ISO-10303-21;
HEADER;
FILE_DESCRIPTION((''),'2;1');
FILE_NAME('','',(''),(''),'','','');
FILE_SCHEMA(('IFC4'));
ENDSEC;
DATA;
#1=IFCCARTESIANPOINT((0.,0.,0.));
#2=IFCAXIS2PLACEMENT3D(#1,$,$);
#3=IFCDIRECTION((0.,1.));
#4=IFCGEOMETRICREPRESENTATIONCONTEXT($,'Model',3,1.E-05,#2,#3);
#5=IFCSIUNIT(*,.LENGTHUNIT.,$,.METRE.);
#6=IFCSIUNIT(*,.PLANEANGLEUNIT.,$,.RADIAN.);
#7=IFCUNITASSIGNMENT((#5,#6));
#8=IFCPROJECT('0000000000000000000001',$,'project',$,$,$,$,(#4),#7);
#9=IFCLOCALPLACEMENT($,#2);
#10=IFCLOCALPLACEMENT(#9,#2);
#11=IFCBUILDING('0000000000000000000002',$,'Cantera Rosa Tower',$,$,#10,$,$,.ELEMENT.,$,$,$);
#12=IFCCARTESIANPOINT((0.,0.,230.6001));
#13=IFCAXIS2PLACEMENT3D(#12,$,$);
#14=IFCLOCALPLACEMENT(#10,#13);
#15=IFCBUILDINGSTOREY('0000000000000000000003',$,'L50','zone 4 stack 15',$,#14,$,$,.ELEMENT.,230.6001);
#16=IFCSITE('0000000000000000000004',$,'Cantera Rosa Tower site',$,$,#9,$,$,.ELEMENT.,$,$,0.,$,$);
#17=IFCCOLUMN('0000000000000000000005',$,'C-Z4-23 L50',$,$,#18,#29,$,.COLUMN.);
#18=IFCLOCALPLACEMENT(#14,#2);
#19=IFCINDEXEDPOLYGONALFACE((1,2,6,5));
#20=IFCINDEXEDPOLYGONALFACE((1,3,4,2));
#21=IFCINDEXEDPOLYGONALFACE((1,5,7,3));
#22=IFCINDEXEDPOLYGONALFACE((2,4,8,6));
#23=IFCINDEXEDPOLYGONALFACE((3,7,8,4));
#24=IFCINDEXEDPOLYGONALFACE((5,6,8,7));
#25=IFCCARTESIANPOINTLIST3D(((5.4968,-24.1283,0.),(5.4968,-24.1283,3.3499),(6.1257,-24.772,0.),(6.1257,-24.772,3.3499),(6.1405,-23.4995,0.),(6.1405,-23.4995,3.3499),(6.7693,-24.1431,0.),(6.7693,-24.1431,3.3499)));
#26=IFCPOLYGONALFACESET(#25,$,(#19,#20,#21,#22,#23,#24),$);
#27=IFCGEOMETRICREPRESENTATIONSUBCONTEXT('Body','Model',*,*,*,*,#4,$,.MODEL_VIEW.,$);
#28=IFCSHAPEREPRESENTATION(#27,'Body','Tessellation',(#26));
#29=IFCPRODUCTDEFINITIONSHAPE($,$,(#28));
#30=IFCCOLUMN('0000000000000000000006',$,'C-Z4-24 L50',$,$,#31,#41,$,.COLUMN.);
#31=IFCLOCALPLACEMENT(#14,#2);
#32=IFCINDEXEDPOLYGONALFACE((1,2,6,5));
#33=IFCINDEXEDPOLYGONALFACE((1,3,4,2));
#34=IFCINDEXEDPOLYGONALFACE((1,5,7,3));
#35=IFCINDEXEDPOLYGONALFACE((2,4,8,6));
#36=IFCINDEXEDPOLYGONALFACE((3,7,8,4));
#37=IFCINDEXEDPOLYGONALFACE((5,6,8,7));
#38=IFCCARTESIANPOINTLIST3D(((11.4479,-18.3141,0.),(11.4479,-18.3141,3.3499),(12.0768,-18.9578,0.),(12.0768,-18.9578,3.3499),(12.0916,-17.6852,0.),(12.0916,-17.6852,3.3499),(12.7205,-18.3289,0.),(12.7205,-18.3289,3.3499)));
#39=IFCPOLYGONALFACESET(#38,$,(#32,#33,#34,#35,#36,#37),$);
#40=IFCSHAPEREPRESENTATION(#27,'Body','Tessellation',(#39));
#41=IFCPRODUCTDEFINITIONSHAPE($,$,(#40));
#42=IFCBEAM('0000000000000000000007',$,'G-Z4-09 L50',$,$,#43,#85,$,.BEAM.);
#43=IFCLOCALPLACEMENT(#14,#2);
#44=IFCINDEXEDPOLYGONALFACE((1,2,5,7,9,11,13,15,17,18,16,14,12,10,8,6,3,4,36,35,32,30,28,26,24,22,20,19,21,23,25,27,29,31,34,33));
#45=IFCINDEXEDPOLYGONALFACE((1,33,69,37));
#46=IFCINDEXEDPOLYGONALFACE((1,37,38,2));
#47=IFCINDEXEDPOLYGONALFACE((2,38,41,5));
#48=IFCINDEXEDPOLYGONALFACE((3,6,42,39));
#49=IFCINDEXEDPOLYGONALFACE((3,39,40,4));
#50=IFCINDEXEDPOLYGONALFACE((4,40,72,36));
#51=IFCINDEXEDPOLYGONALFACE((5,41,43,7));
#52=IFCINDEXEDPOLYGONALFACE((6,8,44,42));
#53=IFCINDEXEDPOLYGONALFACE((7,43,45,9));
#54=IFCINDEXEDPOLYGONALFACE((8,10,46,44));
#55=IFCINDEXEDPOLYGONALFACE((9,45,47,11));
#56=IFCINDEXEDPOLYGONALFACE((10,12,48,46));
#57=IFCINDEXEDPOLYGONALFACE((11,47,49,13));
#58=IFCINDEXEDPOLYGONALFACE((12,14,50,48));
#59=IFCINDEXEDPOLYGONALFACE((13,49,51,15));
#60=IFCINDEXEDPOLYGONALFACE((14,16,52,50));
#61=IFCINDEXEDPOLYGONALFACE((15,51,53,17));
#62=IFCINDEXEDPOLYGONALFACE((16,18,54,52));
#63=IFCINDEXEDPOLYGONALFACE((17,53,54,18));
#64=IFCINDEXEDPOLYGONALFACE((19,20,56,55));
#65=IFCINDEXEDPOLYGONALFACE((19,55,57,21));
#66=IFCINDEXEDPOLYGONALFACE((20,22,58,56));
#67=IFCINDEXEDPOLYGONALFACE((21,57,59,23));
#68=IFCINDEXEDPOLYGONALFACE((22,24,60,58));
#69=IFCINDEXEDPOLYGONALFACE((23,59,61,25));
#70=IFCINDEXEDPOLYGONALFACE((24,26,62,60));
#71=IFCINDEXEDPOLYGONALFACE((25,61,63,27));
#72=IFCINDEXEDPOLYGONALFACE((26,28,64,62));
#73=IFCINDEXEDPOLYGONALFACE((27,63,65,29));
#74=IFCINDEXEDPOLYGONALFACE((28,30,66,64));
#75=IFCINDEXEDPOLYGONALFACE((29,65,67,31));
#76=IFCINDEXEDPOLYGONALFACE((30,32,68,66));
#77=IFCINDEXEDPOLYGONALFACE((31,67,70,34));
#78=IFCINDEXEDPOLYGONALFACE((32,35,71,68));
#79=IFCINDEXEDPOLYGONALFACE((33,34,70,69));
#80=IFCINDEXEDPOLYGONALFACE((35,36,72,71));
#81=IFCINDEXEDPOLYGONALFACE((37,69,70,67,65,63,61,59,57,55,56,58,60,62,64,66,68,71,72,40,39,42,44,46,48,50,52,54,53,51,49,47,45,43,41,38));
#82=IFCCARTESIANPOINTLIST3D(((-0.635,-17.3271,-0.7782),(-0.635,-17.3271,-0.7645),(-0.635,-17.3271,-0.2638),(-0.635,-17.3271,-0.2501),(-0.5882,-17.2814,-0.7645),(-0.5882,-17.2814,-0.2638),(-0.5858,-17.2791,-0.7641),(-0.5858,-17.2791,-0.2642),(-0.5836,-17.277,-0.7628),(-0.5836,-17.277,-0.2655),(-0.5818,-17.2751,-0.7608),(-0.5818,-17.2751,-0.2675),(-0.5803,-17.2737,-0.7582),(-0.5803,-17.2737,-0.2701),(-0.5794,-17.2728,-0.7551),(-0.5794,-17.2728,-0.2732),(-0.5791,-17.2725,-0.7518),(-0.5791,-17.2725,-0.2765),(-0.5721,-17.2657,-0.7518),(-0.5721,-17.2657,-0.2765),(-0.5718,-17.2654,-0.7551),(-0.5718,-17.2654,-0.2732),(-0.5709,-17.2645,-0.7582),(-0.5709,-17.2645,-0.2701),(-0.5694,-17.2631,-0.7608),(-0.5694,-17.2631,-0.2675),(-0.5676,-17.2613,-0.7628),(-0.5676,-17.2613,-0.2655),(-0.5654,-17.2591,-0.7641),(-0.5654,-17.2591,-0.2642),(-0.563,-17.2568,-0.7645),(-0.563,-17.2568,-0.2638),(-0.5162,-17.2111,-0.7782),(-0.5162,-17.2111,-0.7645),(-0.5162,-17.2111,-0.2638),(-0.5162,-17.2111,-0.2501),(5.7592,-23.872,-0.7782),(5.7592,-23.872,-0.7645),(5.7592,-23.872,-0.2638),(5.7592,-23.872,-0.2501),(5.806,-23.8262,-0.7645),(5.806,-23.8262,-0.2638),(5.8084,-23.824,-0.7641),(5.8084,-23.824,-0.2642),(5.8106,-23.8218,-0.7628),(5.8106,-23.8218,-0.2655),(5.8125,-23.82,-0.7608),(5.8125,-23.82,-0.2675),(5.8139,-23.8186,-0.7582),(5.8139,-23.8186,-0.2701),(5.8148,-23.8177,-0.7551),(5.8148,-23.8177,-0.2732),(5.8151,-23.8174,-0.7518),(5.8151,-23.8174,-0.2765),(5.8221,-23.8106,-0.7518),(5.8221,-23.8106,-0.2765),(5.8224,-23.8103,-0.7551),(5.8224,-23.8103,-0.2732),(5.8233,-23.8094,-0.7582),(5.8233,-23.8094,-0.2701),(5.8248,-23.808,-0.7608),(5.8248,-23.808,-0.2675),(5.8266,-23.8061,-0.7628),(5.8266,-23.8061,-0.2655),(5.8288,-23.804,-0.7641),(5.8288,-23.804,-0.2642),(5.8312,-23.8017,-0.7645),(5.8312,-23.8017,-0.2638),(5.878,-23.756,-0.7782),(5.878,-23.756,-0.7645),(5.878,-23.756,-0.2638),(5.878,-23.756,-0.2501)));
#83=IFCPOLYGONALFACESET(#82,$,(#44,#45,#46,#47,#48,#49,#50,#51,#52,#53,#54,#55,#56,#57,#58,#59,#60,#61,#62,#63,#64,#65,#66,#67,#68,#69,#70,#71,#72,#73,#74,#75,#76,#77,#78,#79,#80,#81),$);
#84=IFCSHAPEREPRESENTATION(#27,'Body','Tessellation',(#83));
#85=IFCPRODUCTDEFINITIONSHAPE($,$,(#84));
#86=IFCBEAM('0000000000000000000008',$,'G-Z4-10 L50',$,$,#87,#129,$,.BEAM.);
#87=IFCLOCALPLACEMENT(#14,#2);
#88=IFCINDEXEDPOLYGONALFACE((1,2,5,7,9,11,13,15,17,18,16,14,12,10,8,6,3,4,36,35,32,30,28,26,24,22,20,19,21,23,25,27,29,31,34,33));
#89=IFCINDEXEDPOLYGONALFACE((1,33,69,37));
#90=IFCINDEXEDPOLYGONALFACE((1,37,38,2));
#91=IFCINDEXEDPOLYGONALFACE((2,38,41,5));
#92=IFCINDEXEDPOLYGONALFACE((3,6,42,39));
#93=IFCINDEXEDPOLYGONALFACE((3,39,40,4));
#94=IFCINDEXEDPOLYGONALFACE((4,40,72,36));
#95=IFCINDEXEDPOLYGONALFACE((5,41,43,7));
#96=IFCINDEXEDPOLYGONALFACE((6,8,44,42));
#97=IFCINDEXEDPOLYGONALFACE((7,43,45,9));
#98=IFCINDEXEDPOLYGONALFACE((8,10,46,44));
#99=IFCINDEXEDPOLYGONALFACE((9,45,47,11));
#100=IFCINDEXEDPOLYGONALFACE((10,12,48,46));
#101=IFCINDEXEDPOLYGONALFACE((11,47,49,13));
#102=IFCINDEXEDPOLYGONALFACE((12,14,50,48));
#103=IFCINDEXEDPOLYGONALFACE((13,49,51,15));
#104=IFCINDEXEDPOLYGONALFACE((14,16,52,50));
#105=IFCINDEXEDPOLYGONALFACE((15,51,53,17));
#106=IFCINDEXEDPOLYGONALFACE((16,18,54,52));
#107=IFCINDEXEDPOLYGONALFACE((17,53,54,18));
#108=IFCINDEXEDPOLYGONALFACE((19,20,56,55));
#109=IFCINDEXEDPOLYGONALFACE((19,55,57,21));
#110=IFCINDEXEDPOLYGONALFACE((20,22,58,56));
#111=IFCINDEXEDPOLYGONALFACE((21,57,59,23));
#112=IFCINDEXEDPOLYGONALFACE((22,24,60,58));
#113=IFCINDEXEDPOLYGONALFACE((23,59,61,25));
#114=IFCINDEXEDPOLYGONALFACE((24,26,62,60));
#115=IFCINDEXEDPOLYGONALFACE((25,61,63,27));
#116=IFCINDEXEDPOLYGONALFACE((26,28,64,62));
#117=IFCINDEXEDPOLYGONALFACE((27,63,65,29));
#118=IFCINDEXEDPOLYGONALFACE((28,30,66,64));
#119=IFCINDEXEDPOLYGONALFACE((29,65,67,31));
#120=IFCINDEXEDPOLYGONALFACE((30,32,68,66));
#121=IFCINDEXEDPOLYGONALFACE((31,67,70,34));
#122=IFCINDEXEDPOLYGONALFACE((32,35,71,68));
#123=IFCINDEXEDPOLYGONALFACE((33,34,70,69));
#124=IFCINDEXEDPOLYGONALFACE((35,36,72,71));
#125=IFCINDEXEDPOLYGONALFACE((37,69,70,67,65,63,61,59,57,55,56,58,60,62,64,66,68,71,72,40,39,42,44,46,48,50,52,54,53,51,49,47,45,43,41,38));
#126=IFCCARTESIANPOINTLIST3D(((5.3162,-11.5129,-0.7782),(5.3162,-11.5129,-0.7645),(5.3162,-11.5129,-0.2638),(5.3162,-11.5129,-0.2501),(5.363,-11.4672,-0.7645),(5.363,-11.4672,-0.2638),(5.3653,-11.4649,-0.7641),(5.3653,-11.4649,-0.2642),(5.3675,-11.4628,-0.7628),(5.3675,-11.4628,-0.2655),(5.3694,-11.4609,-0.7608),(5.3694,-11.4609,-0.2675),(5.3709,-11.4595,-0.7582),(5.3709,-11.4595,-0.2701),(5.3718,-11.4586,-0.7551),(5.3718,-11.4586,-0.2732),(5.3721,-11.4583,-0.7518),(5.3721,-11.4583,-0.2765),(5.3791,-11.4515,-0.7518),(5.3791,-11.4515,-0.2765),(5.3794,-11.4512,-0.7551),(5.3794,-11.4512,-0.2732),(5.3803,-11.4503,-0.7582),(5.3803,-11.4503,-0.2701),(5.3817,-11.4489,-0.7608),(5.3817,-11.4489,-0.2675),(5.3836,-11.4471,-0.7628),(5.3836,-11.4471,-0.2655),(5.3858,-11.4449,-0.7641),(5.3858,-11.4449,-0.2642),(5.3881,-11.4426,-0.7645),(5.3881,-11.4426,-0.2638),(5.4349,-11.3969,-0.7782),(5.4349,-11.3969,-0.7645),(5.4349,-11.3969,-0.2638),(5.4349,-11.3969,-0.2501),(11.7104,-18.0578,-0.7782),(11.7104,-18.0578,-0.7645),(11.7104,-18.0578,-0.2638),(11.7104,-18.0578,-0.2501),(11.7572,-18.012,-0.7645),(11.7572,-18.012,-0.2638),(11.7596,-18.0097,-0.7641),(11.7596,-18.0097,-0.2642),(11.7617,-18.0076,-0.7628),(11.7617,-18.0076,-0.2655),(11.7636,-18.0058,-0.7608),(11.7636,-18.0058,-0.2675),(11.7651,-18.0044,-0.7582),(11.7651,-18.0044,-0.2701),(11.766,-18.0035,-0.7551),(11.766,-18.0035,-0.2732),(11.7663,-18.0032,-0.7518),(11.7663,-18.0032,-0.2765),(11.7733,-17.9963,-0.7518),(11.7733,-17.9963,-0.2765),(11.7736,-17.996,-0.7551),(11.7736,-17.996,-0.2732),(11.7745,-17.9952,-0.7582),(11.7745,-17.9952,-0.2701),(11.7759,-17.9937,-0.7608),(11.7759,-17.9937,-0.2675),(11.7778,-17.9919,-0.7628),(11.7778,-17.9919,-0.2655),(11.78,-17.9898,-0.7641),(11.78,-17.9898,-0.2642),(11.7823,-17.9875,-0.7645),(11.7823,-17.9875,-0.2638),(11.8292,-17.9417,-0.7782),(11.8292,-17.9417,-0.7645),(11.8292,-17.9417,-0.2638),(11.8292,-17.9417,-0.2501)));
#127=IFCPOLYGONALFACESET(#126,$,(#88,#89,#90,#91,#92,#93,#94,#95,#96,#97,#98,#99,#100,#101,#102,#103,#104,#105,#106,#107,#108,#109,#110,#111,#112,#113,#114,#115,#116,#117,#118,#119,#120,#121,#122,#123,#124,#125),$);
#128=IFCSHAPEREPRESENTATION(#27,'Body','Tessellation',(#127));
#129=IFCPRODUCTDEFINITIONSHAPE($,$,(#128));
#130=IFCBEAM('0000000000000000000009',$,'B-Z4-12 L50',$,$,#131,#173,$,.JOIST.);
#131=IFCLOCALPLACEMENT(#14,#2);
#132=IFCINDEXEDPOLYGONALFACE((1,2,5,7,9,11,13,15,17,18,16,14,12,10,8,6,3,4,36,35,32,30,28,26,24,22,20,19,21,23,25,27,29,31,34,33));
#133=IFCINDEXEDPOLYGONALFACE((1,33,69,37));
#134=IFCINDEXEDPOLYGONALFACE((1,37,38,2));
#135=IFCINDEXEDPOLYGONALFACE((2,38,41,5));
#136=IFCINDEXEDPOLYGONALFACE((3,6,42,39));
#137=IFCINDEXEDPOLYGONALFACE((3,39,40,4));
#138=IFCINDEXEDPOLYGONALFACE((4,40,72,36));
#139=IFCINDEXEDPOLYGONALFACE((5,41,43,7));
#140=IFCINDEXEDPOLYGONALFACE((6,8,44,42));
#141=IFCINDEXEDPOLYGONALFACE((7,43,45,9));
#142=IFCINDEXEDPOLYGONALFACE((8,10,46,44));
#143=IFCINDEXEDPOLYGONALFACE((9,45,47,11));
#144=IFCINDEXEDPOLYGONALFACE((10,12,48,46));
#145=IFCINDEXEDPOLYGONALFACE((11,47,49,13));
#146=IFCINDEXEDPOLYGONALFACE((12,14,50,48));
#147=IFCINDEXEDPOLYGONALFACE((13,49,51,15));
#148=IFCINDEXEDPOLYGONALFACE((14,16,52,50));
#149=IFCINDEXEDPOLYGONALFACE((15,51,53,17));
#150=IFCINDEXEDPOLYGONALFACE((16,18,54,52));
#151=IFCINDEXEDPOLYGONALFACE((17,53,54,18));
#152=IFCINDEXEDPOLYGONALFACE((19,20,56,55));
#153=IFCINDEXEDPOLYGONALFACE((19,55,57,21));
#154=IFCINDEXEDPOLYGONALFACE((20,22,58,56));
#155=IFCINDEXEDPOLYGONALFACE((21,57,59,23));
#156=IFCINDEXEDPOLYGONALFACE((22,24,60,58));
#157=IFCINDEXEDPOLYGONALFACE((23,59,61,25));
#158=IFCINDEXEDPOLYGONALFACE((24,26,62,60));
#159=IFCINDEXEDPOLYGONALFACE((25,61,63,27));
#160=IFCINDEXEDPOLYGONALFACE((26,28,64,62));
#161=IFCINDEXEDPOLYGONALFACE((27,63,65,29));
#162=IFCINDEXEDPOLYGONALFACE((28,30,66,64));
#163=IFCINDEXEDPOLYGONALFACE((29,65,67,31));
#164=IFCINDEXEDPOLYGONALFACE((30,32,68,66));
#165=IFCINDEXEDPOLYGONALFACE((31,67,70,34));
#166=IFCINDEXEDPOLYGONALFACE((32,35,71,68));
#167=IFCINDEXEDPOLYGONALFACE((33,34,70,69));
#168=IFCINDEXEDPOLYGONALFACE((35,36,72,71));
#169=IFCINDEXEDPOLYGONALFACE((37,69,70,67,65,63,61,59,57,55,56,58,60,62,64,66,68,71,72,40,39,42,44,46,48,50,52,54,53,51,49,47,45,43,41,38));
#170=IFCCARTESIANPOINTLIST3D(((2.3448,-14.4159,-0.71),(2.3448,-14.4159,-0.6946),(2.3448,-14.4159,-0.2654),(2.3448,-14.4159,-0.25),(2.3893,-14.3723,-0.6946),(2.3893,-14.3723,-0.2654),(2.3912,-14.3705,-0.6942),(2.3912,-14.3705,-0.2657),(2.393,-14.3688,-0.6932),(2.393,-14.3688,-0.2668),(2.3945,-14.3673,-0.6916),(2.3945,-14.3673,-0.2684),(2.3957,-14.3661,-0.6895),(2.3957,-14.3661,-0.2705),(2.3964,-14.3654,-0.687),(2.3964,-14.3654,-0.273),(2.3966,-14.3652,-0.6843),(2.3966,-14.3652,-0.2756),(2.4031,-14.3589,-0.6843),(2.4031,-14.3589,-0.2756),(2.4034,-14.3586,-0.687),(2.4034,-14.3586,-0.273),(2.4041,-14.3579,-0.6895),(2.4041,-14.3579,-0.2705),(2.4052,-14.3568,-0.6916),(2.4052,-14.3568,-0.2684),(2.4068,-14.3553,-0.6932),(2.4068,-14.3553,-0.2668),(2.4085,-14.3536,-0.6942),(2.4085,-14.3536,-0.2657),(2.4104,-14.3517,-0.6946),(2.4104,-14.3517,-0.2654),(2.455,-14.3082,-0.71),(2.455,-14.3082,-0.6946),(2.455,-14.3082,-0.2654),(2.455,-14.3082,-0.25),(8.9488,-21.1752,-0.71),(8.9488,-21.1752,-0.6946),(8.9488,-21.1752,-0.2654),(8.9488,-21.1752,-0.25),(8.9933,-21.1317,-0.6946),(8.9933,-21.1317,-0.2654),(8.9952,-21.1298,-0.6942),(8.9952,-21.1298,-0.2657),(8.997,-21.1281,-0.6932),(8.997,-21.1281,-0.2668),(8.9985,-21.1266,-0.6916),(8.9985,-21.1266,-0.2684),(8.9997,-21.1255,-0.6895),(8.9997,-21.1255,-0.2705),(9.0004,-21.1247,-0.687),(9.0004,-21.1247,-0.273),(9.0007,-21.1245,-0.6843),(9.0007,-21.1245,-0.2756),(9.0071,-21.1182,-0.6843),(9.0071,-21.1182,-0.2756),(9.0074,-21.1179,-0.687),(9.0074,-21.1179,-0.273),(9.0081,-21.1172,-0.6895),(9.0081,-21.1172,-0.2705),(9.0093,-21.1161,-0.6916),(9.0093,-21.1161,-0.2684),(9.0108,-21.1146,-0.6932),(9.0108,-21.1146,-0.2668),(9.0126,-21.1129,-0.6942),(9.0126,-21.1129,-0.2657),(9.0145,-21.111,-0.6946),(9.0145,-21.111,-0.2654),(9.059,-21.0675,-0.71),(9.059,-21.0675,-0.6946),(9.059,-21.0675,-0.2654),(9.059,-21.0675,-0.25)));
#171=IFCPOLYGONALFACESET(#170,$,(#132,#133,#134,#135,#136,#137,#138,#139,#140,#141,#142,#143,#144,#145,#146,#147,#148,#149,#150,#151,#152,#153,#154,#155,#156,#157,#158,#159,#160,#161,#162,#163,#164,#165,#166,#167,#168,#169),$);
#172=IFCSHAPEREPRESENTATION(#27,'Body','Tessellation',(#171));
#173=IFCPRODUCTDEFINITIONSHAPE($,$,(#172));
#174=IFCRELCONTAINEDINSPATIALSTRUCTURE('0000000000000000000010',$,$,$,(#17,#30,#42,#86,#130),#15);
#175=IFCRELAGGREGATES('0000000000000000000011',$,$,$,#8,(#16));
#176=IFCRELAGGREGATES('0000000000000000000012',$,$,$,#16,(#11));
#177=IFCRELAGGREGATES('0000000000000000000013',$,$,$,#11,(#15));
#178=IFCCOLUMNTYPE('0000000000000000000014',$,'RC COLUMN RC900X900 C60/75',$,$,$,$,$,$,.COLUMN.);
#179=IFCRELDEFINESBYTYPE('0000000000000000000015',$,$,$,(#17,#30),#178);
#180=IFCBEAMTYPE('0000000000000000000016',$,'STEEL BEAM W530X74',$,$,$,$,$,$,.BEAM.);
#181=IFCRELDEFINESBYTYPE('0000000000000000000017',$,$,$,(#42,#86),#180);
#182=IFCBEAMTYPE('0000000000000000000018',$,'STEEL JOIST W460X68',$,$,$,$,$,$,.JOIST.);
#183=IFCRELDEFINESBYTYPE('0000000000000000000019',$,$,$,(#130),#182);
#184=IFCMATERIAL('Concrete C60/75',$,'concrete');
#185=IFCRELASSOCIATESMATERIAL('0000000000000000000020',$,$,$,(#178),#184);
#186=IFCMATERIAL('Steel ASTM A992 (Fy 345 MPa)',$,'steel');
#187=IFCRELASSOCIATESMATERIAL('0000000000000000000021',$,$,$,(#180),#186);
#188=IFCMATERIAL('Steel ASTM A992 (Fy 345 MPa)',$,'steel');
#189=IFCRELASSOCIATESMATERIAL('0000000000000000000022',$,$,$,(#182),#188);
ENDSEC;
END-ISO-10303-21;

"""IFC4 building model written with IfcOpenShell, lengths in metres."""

from ifc_helpers import new_model, si_unit, direction, frame, origin, origin_2d, place, context, subcontext, project, spatial, rectangle, i_section, extrude, material, material_profile, profile_set, type_object, element, save


model = new_model("IFC4")

# Units and contexts
model_context = context("Model", 3, precision=1e-05, world=origin(), true_north=direction((0.0, 1.0)))
body_context = subcontext(model_context, "Body", "Model", "MODEL_VIEW")
ifc_project = project(units=[si_unit("LENGTHUNIT", "METRE"), si_unit("PLANEANGLEUNIT", "RADIAN")], contexts=[model_context])

# Site, building, storey
site_placement = place(None, origin())
site = spatial("IfcSite", under=ifc_project, at=site_placement, Name="Cantera Rosa Tower site", CompositionType="ELEMENT", RefElevation=0.0)
building_placement = place(site_placement, origin())
building = spatial("IfcBuilding", under=site, at=building_placement, Name="Cantera Rosa Tower", CompositionType="ELEMENT")
storey_placement = place(building_placement, frame((0.0, 0.0, 230.6001)))
storey = spatial("IfcBuildingStorey", under=building, at=storey_placement, Name="L50", Description="zone 4 stack 15", CompositionType="ELEMENT", Elevation=230.6001)

# Columns
ifc_material_1 = material(Name="Concrete C60/75", Category="concrete")
ifc_material_profile_1 = material_profile(ifc_material_1, rectangle(XDim=0.8999, YDim=0.8999, at=origin_2d()), Name="RC COLUMN RC900X900 C60/75")
ifc_profile_set_1 = profile_set([ifc_material_profile_1], Name="Concrete C60/75")
column_type = type_object("IfcColumnType", Name="RC COLUMN RC900X900 C60/75", PredefinedType="COLUMN", material=ifc_profile_set_1)
for number, where, z_axis, x_axis, name in (
    (1, (6.1331, -24.1357, 0.0), (0.0, 0.0, 1.0), (0.715286, 0.698832, 0.0), "C-Z4-23 L50"),
    (2, (12.0842, -18.3215, 0.0), (0.0, 0.0, 1.0), (0.715286, 0.698832, 0.0), "C-Z4-24 L50"),
):
    element("IfcColumn", number, at=place(storey_placement, frame(where, z_axis=z_axis, x_axis=x_axis)), inside=storey, type_object=column_type, Name=name, PredefinedType="COLUMN", context=body_context, shape_type="SweptSolid", body=[
        extrude(rectangle(XDim=0.8999, YDim=0.8999, at=origin_2d()), origin(), (0.0, 0.0, 1.0), 3.3499),
    ])

# Beams
ifc_material_2 = material(Name="Steel ASTM A992 (Fy 345 MPa)", Category="steel")
ifc_material_profile_2 = material_profile(ifc_material_2, i_section(OverallWidth=0.166, OverallDepth=0.5281, WebThickness=0.0098, FlangeThickness=0.0137, FilletRadius=0.0127, at=origin_2d()), Name="W530X74")
ifc_profile_set_2 = profile_set([ifc_material_profile_2], Name="Steel ASTM A992 (Fy 345 MPa)")
beam_type_1 = type_object("IfcBeamType", Name="STEEL BEAM W530X74", PredefinedType="BEAM", material=ifc_profile_set_2)
for number, where, z_axis, x_axis, name in (
    (3, (5.8186, -23.814, -0.5142), (-0.698827, 0.71529, 0.0), (-0.71529, -0.698827, 0.0), "G-Z4-09 L50"),
    (4, (11.7698, -17.9998, -0.5142), (-0.698827, 0.71529, 0.0), (-0.71529, -0.698827, 0.0), "G-Z4-10 L50"),
):
    element("IfcBeam", number, at=place(storey_placement, frame(where, z_axis=z_axis, x_axis=x_axis)), inside=storey, type_object=beam_type_1, Name=name, PredefinedType="BEAM", context=body_context, shape_type="SweptSolid", body=[
        extrude(i_section(OverallWidth=0.166, OverallDepth=0.5281, WebThickness=0.0098, FlangeThickness=0.0137, FilletRadius=0.0127, at=origin_2d()), origin(), (0.0, 0.0, 1.0), 9.1499),
    ])
ifc_material_3 = material(Name="Steel ASTM A992 (Fy 345 MPa)", Category="steel")
ifc_material_profile_3 = material_profile(ifc_material_3, i_section(OverallWidth=0.1541, OverallDepth=0.46, WebThickness=0.009, FlangeThickness=0.0154, FilletRadius=0.0103, at=origin_2d()), Name="W460X68")
ifc_profile_set_3 = profile_set([ifc_material_profile_3], Name="Steel ASTM A992 (Fy 345 MPa)")
beam_type_2 = type_object("IfcBeamType", Name="STEEL JOIST W460X68", PredefinedType="JOIST", material=ifc_profile_set_3)
beam_placement = place(storey_placement, frame((9.0039, -21.1213, -0.48), z_axis=(-0.698843, 0.715275, 0.0), x_axis=(-0.715275, -0.698843, 0.0)))
element("IfcBeam", 5, at=beam_placement, inside=storey, type_object=beam_type_2, Name="B-Z4-12 L50", PredefinedType="JOIST", context=body_context, shape_type="SweptSolid", body=[
    extrude(i_section(OverallWidth=0.1541, OverallDepth=0.46, WebThickness=0.009, FlangeThickness=0.0154, FilletRadius=0.0103, at=origin_2d()), origin(), (0.0, 0.0, 1.0), 9.45),
])

save(model, "model.ifc")
